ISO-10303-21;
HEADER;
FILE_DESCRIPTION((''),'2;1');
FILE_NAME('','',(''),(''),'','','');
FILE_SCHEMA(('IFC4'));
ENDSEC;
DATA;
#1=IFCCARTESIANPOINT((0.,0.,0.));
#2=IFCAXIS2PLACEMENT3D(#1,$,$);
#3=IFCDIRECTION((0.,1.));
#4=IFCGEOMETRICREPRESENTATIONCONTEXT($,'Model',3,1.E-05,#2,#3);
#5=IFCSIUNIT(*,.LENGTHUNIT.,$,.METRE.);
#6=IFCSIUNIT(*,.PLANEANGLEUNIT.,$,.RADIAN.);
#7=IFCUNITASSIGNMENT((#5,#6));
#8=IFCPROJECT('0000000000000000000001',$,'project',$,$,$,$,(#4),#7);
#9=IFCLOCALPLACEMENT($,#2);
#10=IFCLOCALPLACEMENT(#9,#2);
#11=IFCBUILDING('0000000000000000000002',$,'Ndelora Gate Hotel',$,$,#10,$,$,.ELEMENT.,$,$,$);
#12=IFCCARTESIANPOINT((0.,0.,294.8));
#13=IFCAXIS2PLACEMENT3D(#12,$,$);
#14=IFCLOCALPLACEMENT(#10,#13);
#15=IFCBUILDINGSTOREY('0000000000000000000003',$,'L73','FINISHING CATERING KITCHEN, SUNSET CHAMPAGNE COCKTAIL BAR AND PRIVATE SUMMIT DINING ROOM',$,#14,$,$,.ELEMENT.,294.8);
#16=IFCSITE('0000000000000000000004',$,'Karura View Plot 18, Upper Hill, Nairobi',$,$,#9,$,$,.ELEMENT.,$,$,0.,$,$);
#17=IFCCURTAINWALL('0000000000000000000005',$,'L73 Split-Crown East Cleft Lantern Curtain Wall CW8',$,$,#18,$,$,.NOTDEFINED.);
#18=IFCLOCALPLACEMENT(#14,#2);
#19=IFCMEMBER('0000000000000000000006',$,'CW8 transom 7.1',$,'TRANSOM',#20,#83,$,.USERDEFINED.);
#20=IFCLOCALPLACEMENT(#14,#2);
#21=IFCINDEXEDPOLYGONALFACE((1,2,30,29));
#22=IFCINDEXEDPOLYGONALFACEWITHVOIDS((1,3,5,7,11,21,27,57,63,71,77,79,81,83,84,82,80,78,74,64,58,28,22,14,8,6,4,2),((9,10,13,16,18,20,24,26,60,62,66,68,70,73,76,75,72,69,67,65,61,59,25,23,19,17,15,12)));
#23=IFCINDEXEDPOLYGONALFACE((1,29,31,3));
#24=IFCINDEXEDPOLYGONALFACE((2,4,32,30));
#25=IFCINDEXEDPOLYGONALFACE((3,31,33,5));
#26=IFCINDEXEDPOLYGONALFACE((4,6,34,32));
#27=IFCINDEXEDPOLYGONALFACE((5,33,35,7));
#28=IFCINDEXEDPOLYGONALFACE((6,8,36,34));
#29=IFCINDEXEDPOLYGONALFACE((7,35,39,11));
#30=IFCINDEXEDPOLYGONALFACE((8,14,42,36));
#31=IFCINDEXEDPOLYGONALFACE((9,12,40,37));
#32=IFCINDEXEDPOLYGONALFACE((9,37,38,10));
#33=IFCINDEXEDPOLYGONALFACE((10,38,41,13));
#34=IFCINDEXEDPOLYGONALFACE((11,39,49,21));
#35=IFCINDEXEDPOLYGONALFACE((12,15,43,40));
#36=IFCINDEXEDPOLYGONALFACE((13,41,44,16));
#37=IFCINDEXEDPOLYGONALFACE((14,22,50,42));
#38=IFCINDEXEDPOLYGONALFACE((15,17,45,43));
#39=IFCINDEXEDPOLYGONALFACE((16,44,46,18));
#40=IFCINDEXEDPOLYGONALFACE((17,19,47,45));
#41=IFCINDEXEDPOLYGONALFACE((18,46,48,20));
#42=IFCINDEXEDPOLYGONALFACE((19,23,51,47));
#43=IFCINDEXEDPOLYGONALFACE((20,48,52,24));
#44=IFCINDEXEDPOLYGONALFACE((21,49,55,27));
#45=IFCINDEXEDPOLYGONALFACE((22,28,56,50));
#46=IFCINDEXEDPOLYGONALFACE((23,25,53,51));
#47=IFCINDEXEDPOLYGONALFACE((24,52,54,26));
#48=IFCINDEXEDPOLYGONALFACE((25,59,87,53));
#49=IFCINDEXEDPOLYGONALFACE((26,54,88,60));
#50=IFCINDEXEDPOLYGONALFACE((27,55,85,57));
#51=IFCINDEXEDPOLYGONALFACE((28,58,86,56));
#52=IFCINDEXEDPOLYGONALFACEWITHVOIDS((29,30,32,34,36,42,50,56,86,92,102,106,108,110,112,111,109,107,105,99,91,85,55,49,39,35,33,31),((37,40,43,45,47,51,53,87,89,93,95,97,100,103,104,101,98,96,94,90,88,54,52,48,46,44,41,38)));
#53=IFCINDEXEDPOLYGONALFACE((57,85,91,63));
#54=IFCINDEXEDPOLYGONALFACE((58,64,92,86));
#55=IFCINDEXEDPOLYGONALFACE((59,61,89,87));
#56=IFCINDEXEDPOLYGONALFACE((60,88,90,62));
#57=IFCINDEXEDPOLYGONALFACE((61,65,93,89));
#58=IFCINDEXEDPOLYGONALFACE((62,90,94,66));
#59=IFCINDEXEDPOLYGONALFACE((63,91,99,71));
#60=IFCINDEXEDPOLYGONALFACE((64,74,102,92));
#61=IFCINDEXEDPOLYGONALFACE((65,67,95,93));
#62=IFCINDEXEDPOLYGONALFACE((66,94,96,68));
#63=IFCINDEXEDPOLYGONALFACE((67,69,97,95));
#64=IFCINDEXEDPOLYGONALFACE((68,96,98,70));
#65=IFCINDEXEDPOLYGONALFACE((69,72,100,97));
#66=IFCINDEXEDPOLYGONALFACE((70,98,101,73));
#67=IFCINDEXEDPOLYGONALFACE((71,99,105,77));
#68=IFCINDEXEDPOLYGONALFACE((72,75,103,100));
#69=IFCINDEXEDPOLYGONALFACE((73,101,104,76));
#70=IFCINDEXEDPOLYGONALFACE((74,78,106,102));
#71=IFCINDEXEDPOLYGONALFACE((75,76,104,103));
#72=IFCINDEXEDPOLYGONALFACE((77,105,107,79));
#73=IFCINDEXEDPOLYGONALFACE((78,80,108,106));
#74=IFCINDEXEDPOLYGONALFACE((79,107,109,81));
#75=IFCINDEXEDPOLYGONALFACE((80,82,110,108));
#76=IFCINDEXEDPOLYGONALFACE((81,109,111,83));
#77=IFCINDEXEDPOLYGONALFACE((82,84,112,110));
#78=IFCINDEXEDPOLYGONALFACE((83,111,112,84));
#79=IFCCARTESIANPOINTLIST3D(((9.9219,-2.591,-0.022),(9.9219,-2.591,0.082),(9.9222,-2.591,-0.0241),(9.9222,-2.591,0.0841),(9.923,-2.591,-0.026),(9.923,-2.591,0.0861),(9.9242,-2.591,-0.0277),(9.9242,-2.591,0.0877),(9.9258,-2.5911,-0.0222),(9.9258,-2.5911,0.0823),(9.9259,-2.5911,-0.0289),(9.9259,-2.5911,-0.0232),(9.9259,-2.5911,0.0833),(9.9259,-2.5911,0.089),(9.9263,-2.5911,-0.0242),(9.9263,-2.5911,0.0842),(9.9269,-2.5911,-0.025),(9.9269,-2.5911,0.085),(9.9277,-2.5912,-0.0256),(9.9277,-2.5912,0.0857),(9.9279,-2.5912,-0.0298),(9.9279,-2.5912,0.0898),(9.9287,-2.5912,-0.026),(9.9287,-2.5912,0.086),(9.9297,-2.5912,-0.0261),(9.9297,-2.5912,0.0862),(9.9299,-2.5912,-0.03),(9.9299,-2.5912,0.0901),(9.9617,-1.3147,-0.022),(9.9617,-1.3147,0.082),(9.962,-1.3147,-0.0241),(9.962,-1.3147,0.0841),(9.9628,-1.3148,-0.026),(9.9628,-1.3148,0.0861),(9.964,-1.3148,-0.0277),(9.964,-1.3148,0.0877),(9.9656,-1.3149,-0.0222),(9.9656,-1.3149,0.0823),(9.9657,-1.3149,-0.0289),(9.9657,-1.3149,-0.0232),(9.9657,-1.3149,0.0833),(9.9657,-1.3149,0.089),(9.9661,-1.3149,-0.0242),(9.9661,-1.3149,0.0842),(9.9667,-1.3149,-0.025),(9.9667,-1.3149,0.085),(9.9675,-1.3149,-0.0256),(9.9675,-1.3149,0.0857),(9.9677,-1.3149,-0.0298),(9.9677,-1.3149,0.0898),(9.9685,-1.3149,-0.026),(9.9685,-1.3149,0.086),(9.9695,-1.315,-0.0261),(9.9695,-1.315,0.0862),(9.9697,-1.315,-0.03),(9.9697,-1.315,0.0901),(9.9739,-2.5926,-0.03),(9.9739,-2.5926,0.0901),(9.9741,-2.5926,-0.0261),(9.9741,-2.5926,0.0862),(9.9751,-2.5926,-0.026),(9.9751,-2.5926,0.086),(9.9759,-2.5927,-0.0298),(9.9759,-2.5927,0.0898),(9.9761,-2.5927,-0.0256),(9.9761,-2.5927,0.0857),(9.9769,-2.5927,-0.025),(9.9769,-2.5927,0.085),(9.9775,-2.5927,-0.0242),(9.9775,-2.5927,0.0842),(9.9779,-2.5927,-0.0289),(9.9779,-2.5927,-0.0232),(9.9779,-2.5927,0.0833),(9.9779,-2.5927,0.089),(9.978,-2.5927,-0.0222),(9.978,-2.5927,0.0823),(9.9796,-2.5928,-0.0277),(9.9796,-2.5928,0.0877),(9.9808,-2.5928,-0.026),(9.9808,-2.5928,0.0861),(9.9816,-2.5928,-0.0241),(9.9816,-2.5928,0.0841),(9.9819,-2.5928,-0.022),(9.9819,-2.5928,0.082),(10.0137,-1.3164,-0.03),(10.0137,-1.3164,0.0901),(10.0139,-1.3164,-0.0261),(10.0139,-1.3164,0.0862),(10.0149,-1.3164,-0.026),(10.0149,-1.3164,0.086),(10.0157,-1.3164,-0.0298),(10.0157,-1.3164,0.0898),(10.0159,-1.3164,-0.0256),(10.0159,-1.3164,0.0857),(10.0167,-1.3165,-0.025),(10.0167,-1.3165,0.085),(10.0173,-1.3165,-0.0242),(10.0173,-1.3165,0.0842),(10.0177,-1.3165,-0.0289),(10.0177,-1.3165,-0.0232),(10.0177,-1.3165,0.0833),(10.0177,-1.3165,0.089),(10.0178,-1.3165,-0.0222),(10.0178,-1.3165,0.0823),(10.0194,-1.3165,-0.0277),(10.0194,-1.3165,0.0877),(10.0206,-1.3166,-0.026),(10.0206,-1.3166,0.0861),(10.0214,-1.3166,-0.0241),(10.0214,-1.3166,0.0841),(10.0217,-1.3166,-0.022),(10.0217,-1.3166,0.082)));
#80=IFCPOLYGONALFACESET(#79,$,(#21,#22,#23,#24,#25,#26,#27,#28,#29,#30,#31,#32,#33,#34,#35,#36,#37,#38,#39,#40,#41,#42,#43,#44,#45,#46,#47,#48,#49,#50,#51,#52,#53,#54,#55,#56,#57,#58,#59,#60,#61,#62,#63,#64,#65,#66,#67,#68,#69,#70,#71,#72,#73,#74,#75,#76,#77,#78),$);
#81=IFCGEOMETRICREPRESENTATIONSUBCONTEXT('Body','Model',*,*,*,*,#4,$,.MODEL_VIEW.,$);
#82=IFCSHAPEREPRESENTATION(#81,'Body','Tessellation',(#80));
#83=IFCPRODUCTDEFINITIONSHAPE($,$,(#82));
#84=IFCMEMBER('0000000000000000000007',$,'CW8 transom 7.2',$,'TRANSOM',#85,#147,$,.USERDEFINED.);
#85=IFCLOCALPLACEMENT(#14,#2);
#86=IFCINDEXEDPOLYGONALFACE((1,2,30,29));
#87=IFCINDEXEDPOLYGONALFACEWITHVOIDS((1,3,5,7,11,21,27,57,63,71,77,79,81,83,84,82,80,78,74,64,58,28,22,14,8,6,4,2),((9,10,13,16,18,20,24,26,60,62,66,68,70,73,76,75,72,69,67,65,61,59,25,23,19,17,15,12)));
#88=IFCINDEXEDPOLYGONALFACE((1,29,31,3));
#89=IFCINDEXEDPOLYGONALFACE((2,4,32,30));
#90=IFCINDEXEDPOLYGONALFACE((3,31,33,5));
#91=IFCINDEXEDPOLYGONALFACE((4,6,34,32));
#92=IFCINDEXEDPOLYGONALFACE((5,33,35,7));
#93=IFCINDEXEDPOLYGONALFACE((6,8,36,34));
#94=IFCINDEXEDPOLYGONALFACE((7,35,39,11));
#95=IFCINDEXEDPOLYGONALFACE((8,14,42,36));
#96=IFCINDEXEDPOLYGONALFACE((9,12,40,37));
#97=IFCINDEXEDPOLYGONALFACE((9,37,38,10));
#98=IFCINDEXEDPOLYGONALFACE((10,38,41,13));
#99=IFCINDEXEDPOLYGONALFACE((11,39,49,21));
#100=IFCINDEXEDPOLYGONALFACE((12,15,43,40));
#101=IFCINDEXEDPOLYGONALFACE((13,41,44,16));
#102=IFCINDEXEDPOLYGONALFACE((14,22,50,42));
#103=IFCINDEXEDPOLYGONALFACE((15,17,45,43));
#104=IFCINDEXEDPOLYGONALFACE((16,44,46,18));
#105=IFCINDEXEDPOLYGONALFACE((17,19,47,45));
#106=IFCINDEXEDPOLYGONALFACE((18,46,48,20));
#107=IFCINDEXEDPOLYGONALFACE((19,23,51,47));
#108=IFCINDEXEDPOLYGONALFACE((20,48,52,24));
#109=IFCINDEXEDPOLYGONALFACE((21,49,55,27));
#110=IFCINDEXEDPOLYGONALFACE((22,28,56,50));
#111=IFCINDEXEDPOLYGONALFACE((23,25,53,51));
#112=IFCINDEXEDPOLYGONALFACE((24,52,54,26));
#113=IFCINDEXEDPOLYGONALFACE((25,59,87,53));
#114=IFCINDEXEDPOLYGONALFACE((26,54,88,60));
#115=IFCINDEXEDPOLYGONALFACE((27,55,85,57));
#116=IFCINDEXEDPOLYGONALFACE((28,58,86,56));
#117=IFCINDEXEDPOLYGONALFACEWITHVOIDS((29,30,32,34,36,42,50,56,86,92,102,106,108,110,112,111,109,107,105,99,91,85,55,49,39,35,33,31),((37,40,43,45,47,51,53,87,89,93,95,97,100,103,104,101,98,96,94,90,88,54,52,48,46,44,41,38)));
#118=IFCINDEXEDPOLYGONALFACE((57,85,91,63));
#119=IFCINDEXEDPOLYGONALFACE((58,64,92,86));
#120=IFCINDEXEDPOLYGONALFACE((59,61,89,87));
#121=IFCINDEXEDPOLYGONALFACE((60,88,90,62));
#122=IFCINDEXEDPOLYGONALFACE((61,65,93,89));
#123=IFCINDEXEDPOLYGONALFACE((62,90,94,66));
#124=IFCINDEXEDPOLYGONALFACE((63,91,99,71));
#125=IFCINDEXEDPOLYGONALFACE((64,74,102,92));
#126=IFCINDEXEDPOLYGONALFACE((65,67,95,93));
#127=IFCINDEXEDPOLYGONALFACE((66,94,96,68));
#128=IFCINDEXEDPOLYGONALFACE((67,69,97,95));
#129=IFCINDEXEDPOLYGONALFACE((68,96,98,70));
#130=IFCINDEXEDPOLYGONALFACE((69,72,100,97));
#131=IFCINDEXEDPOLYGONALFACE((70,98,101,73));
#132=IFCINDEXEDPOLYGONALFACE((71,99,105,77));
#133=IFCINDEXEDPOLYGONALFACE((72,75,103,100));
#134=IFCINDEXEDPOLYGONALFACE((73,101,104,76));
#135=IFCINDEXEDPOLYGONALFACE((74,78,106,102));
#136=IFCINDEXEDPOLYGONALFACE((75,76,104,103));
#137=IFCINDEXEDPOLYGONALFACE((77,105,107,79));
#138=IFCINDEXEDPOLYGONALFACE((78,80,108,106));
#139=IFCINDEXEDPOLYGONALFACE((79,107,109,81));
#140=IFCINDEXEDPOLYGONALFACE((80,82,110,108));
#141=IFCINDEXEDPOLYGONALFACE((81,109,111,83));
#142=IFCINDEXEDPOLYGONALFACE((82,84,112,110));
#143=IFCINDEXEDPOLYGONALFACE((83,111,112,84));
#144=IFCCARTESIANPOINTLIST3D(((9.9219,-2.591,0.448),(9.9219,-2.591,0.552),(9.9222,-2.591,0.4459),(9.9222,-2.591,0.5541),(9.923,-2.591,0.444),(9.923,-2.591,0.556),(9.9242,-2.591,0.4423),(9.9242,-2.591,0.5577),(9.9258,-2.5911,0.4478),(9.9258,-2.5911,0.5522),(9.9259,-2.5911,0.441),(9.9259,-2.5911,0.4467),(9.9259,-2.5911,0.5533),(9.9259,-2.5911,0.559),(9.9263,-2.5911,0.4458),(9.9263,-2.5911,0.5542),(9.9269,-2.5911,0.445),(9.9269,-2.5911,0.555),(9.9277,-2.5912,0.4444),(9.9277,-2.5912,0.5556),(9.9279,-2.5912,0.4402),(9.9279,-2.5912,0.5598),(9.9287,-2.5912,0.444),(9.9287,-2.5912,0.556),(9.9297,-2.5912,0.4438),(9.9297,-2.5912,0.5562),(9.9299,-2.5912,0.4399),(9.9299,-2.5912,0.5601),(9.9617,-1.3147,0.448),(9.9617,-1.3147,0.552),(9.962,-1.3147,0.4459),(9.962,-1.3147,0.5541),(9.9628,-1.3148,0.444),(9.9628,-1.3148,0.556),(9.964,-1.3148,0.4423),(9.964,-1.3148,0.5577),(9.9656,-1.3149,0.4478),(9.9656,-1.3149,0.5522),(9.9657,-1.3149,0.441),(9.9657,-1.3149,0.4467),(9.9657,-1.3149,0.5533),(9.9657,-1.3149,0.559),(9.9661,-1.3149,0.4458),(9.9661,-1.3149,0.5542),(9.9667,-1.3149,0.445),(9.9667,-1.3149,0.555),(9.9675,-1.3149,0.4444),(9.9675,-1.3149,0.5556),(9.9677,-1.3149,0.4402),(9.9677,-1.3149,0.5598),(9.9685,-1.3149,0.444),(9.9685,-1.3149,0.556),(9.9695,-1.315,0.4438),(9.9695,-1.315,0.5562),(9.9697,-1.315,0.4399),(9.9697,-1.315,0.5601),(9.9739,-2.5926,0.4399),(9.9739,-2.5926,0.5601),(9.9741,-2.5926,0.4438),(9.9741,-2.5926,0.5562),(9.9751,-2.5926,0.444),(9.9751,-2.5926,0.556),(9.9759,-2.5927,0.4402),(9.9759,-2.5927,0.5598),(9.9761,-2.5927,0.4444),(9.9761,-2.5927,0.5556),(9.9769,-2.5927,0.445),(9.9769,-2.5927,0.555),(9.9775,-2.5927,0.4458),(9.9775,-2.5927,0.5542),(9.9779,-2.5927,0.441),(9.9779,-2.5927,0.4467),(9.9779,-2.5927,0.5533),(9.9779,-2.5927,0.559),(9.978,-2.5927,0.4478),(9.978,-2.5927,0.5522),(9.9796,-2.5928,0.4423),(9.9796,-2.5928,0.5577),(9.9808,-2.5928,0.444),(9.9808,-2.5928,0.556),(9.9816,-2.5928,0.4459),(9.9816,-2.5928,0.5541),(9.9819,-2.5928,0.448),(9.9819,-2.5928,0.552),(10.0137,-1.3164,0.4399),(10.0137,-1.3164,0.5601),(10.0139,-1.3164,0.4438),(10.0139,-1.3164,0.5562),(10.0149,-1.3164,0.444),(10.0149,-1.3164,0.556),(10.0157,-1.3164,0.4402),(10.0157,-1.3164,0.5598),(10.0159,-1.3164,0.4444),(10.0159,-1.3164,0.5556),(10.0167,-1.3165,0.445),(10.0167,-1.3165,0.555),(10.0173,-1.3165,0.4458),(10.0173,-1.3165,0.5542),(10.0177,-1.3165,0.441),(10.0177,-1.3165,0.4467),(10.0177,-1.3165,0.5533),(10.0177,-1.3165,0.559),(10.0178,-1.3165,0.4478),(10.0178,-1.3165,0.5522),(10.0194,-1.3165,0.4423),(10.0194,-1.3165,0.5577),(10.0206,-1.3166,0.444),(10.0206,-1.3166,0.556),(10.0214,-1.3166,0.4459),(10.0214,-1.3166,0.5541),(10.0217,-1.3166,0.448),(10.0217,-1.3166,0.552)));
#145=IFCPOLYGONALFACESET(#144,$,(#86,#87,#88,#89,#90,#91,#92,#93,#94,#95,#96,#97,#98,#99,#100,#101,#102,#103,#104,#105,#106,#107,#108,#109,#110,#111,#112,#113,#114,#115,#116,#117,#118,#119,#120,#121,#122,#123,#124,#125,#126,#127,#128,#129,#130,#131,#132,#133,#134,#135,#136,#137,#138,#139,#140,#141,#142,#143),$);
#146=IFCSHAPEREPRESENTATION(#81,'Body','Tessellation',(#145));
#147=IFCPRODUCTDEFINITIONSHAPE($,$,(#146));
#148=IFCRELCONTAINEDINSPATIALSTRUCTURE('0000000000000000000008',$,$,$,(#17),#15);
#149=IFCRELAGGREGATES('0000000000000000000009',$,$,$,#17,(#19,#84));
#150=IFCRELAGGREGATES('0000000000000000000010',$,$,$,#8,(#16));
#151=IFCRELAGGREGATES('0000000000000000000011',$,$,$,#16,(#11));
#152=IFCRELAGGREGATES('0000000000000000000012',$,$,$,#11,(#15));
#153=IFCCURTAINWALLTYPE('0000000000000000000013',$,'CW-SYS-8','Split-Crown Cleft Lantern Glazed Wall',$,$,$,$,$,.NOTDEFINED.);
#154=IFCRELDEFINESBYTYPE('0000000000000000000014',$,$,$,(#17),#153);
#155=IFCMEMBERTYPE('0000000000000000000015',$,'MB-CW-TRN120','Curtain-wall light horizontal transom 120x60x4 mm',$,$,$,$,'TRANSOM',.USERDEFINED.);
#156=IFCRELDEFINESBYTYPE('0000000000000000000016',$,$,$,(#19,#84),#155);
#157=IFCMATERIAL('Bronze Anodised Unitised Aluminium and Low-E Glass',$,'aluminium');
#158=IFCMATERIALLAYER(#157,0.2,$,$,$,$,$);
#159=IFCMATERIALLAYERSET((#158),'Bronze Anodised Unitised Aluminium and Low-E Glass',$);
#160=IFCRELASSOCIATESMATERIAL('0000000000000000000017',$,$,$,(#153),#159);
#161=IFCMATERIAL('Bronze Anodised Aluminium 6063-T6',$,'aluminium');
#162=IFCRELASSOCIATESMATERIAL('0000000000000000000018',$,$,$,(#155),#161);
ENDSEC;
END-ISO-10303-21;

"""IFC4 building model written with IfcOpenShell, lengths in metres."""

from ifc_helpers import new_model, si_unit, direction, frame, origin, origin_2d, place, context, subcontext, project, spatial, hollow_rectangle, extrude, material, layer, layer_set, material_profile, profile_set, type_object, element, aggregate, save


model = new_model("IFC4")

# Units and contexts
model_context = context("Model", 3, precision=1e-05, world=origin(), true_north=direction((0.0, 1.0)))
body_context = subcontext(model_context, "Body", "Model", "MODEL_VIEW")
ifc_project = project(units=[si_unit("LENGTHUNIT", "METRE"), si_unit("PLANEANGLEUNIT", "RADIAN")], contexts=[model_context])

# Site, building, storey
site_placement = place(None, origin())
site = spatial("IfcSite", under=ifc_project, at=site_placement, Name="Karura View Plot 18, Upper Hill, Nairobi", CompositionType="ELEMENT", RefElevation=0.0)
building_placement = place(site_placement, origin())
building = spatial("IfcBuilding", under=site, at=building_placement, Name="Ndelora Gate Hotel", CompositionType="ELEMENT")
storey_placement = place(building_placement, frame((0.0, 0.0, 294.8)))
storey = spatial("IfcBuildingStorey", under=building, at=storey_placement, Name="L73", Description="FINISHING CATERING KITCHEN, SUNSET CHAMPAGNE COCKTAIL BAR AND PRIVATE SUMMIT DINING ROOM", CompositionType="ELEMENT", Elevation=294.8)

# Shared definitions
ifc_material_1 = material(Name="Bronze Anodised Unitised Aluminium and Low-E Glass", Category="aluminium")
ifc_layer_1 = layer(ifc_material_1, 0.2)
ifc_layer_set_1 = layer_set([ifc_layer_1], Name="Bronze Anodised Unitised Aluminium and Low-E Glass")
curtain_wall_type = type_object("IfcCurtainWallType", Name="CW-SYS-8", Description="Split-Crown Cleft Lantern Glazed Wall", PredefinedType="NOTDEFINED", material=ifc_layer_set_1)
ifc_material_2 = material(Name="Bronze Anodised Aluminium 6063-T6", Category="aluminium")

# Curtain wall, members
curtain_wall_1_placement = place(storey_placement, origin())
curtain_wall_1 = element("IfcCurtainWall", 1, at=curtain_wall_1_placement, inside=storey, type_object=curtain_wall_type, Name="L73 Split-Crown East Cleft Lantern Curtain Wall CW8", PredefinedType="NOTDEFINED")
ifc_material_profile_1 = material_profile(ifc_material_2, hollow_rectangle(XDim=0.0601, YDim=0.1201, WallThickness=0.0039, InnerFilletRadius=0.0039, OuterFilletRadius=0.0081, at=origin_2d()), Name="ALU 120x60x4")
ifc_profile_set_1 = profile_set([ifc_material_profile_1], Name="Bronze Anodised Aluminium 6063-T6")
member_type_1 = type_object("IfcMemberType", Name="MB-CW-TRN120", Description="Curtain-wall light horizontal transom 120x60x4 mm", ElementType="TRANSOM", PredefinedType="USERDEFINED", material=ifc_profile_set_1)
member_1_placement = place(storey_placement, frame((9.9917, -1.3157, 0.03), z_axis=(-0.031169, -0.999514, 0.0), x_axis=(0.999514, -0.031169, 0.0)))
member_1 = element("IfcMember", 2, at=member_1_placement, type_object=member_type_1, Name="CW8 transom 7.1", ObjectType="TRANSOM", PredefinedType="USERDEFINED", context=body_context, shape_type="SweptSolid", body=[
    extrude(hollow_rectangle(XDim=0.0601, YDim=0.1201, WallThickness=0.0039, InnerFilletRadius=0.0039, OuterFilletRadius=0.0081, at=origin_2d()), origin(), (0.0, 0.0, 1.0), 1.2769),
])
member_2_placement = place(storey_placement, frame((9.9917, -1.3157, 0.5), z_axis=(-0.031169, -0.999514, 0.0), x_axis=(0.999514, -0.031169, 0.0)))
member_2 = element("IfcMember", 3, at=member_2_placement, type_object=member_type_1, Name="CW8 transom 7.2", ObjectType="TRANSOM", PredefinedType="USERDEFINED", context=body_context, shape_type="SweptSolid", body=[
    extrude(hollow_rectangle(XDim=0.0601, YDim=0.1201, WallThickness=0.0039, InnerFilletRadius=0.0039, OuterFilletRadius=0.0081, at=origin_2d()), origin(), (0.0, 0.0, 1.0), 1.2769),
])

aggregate(curtain_wall_1, [member_1, member_2])

save(model, "model.ifc")
